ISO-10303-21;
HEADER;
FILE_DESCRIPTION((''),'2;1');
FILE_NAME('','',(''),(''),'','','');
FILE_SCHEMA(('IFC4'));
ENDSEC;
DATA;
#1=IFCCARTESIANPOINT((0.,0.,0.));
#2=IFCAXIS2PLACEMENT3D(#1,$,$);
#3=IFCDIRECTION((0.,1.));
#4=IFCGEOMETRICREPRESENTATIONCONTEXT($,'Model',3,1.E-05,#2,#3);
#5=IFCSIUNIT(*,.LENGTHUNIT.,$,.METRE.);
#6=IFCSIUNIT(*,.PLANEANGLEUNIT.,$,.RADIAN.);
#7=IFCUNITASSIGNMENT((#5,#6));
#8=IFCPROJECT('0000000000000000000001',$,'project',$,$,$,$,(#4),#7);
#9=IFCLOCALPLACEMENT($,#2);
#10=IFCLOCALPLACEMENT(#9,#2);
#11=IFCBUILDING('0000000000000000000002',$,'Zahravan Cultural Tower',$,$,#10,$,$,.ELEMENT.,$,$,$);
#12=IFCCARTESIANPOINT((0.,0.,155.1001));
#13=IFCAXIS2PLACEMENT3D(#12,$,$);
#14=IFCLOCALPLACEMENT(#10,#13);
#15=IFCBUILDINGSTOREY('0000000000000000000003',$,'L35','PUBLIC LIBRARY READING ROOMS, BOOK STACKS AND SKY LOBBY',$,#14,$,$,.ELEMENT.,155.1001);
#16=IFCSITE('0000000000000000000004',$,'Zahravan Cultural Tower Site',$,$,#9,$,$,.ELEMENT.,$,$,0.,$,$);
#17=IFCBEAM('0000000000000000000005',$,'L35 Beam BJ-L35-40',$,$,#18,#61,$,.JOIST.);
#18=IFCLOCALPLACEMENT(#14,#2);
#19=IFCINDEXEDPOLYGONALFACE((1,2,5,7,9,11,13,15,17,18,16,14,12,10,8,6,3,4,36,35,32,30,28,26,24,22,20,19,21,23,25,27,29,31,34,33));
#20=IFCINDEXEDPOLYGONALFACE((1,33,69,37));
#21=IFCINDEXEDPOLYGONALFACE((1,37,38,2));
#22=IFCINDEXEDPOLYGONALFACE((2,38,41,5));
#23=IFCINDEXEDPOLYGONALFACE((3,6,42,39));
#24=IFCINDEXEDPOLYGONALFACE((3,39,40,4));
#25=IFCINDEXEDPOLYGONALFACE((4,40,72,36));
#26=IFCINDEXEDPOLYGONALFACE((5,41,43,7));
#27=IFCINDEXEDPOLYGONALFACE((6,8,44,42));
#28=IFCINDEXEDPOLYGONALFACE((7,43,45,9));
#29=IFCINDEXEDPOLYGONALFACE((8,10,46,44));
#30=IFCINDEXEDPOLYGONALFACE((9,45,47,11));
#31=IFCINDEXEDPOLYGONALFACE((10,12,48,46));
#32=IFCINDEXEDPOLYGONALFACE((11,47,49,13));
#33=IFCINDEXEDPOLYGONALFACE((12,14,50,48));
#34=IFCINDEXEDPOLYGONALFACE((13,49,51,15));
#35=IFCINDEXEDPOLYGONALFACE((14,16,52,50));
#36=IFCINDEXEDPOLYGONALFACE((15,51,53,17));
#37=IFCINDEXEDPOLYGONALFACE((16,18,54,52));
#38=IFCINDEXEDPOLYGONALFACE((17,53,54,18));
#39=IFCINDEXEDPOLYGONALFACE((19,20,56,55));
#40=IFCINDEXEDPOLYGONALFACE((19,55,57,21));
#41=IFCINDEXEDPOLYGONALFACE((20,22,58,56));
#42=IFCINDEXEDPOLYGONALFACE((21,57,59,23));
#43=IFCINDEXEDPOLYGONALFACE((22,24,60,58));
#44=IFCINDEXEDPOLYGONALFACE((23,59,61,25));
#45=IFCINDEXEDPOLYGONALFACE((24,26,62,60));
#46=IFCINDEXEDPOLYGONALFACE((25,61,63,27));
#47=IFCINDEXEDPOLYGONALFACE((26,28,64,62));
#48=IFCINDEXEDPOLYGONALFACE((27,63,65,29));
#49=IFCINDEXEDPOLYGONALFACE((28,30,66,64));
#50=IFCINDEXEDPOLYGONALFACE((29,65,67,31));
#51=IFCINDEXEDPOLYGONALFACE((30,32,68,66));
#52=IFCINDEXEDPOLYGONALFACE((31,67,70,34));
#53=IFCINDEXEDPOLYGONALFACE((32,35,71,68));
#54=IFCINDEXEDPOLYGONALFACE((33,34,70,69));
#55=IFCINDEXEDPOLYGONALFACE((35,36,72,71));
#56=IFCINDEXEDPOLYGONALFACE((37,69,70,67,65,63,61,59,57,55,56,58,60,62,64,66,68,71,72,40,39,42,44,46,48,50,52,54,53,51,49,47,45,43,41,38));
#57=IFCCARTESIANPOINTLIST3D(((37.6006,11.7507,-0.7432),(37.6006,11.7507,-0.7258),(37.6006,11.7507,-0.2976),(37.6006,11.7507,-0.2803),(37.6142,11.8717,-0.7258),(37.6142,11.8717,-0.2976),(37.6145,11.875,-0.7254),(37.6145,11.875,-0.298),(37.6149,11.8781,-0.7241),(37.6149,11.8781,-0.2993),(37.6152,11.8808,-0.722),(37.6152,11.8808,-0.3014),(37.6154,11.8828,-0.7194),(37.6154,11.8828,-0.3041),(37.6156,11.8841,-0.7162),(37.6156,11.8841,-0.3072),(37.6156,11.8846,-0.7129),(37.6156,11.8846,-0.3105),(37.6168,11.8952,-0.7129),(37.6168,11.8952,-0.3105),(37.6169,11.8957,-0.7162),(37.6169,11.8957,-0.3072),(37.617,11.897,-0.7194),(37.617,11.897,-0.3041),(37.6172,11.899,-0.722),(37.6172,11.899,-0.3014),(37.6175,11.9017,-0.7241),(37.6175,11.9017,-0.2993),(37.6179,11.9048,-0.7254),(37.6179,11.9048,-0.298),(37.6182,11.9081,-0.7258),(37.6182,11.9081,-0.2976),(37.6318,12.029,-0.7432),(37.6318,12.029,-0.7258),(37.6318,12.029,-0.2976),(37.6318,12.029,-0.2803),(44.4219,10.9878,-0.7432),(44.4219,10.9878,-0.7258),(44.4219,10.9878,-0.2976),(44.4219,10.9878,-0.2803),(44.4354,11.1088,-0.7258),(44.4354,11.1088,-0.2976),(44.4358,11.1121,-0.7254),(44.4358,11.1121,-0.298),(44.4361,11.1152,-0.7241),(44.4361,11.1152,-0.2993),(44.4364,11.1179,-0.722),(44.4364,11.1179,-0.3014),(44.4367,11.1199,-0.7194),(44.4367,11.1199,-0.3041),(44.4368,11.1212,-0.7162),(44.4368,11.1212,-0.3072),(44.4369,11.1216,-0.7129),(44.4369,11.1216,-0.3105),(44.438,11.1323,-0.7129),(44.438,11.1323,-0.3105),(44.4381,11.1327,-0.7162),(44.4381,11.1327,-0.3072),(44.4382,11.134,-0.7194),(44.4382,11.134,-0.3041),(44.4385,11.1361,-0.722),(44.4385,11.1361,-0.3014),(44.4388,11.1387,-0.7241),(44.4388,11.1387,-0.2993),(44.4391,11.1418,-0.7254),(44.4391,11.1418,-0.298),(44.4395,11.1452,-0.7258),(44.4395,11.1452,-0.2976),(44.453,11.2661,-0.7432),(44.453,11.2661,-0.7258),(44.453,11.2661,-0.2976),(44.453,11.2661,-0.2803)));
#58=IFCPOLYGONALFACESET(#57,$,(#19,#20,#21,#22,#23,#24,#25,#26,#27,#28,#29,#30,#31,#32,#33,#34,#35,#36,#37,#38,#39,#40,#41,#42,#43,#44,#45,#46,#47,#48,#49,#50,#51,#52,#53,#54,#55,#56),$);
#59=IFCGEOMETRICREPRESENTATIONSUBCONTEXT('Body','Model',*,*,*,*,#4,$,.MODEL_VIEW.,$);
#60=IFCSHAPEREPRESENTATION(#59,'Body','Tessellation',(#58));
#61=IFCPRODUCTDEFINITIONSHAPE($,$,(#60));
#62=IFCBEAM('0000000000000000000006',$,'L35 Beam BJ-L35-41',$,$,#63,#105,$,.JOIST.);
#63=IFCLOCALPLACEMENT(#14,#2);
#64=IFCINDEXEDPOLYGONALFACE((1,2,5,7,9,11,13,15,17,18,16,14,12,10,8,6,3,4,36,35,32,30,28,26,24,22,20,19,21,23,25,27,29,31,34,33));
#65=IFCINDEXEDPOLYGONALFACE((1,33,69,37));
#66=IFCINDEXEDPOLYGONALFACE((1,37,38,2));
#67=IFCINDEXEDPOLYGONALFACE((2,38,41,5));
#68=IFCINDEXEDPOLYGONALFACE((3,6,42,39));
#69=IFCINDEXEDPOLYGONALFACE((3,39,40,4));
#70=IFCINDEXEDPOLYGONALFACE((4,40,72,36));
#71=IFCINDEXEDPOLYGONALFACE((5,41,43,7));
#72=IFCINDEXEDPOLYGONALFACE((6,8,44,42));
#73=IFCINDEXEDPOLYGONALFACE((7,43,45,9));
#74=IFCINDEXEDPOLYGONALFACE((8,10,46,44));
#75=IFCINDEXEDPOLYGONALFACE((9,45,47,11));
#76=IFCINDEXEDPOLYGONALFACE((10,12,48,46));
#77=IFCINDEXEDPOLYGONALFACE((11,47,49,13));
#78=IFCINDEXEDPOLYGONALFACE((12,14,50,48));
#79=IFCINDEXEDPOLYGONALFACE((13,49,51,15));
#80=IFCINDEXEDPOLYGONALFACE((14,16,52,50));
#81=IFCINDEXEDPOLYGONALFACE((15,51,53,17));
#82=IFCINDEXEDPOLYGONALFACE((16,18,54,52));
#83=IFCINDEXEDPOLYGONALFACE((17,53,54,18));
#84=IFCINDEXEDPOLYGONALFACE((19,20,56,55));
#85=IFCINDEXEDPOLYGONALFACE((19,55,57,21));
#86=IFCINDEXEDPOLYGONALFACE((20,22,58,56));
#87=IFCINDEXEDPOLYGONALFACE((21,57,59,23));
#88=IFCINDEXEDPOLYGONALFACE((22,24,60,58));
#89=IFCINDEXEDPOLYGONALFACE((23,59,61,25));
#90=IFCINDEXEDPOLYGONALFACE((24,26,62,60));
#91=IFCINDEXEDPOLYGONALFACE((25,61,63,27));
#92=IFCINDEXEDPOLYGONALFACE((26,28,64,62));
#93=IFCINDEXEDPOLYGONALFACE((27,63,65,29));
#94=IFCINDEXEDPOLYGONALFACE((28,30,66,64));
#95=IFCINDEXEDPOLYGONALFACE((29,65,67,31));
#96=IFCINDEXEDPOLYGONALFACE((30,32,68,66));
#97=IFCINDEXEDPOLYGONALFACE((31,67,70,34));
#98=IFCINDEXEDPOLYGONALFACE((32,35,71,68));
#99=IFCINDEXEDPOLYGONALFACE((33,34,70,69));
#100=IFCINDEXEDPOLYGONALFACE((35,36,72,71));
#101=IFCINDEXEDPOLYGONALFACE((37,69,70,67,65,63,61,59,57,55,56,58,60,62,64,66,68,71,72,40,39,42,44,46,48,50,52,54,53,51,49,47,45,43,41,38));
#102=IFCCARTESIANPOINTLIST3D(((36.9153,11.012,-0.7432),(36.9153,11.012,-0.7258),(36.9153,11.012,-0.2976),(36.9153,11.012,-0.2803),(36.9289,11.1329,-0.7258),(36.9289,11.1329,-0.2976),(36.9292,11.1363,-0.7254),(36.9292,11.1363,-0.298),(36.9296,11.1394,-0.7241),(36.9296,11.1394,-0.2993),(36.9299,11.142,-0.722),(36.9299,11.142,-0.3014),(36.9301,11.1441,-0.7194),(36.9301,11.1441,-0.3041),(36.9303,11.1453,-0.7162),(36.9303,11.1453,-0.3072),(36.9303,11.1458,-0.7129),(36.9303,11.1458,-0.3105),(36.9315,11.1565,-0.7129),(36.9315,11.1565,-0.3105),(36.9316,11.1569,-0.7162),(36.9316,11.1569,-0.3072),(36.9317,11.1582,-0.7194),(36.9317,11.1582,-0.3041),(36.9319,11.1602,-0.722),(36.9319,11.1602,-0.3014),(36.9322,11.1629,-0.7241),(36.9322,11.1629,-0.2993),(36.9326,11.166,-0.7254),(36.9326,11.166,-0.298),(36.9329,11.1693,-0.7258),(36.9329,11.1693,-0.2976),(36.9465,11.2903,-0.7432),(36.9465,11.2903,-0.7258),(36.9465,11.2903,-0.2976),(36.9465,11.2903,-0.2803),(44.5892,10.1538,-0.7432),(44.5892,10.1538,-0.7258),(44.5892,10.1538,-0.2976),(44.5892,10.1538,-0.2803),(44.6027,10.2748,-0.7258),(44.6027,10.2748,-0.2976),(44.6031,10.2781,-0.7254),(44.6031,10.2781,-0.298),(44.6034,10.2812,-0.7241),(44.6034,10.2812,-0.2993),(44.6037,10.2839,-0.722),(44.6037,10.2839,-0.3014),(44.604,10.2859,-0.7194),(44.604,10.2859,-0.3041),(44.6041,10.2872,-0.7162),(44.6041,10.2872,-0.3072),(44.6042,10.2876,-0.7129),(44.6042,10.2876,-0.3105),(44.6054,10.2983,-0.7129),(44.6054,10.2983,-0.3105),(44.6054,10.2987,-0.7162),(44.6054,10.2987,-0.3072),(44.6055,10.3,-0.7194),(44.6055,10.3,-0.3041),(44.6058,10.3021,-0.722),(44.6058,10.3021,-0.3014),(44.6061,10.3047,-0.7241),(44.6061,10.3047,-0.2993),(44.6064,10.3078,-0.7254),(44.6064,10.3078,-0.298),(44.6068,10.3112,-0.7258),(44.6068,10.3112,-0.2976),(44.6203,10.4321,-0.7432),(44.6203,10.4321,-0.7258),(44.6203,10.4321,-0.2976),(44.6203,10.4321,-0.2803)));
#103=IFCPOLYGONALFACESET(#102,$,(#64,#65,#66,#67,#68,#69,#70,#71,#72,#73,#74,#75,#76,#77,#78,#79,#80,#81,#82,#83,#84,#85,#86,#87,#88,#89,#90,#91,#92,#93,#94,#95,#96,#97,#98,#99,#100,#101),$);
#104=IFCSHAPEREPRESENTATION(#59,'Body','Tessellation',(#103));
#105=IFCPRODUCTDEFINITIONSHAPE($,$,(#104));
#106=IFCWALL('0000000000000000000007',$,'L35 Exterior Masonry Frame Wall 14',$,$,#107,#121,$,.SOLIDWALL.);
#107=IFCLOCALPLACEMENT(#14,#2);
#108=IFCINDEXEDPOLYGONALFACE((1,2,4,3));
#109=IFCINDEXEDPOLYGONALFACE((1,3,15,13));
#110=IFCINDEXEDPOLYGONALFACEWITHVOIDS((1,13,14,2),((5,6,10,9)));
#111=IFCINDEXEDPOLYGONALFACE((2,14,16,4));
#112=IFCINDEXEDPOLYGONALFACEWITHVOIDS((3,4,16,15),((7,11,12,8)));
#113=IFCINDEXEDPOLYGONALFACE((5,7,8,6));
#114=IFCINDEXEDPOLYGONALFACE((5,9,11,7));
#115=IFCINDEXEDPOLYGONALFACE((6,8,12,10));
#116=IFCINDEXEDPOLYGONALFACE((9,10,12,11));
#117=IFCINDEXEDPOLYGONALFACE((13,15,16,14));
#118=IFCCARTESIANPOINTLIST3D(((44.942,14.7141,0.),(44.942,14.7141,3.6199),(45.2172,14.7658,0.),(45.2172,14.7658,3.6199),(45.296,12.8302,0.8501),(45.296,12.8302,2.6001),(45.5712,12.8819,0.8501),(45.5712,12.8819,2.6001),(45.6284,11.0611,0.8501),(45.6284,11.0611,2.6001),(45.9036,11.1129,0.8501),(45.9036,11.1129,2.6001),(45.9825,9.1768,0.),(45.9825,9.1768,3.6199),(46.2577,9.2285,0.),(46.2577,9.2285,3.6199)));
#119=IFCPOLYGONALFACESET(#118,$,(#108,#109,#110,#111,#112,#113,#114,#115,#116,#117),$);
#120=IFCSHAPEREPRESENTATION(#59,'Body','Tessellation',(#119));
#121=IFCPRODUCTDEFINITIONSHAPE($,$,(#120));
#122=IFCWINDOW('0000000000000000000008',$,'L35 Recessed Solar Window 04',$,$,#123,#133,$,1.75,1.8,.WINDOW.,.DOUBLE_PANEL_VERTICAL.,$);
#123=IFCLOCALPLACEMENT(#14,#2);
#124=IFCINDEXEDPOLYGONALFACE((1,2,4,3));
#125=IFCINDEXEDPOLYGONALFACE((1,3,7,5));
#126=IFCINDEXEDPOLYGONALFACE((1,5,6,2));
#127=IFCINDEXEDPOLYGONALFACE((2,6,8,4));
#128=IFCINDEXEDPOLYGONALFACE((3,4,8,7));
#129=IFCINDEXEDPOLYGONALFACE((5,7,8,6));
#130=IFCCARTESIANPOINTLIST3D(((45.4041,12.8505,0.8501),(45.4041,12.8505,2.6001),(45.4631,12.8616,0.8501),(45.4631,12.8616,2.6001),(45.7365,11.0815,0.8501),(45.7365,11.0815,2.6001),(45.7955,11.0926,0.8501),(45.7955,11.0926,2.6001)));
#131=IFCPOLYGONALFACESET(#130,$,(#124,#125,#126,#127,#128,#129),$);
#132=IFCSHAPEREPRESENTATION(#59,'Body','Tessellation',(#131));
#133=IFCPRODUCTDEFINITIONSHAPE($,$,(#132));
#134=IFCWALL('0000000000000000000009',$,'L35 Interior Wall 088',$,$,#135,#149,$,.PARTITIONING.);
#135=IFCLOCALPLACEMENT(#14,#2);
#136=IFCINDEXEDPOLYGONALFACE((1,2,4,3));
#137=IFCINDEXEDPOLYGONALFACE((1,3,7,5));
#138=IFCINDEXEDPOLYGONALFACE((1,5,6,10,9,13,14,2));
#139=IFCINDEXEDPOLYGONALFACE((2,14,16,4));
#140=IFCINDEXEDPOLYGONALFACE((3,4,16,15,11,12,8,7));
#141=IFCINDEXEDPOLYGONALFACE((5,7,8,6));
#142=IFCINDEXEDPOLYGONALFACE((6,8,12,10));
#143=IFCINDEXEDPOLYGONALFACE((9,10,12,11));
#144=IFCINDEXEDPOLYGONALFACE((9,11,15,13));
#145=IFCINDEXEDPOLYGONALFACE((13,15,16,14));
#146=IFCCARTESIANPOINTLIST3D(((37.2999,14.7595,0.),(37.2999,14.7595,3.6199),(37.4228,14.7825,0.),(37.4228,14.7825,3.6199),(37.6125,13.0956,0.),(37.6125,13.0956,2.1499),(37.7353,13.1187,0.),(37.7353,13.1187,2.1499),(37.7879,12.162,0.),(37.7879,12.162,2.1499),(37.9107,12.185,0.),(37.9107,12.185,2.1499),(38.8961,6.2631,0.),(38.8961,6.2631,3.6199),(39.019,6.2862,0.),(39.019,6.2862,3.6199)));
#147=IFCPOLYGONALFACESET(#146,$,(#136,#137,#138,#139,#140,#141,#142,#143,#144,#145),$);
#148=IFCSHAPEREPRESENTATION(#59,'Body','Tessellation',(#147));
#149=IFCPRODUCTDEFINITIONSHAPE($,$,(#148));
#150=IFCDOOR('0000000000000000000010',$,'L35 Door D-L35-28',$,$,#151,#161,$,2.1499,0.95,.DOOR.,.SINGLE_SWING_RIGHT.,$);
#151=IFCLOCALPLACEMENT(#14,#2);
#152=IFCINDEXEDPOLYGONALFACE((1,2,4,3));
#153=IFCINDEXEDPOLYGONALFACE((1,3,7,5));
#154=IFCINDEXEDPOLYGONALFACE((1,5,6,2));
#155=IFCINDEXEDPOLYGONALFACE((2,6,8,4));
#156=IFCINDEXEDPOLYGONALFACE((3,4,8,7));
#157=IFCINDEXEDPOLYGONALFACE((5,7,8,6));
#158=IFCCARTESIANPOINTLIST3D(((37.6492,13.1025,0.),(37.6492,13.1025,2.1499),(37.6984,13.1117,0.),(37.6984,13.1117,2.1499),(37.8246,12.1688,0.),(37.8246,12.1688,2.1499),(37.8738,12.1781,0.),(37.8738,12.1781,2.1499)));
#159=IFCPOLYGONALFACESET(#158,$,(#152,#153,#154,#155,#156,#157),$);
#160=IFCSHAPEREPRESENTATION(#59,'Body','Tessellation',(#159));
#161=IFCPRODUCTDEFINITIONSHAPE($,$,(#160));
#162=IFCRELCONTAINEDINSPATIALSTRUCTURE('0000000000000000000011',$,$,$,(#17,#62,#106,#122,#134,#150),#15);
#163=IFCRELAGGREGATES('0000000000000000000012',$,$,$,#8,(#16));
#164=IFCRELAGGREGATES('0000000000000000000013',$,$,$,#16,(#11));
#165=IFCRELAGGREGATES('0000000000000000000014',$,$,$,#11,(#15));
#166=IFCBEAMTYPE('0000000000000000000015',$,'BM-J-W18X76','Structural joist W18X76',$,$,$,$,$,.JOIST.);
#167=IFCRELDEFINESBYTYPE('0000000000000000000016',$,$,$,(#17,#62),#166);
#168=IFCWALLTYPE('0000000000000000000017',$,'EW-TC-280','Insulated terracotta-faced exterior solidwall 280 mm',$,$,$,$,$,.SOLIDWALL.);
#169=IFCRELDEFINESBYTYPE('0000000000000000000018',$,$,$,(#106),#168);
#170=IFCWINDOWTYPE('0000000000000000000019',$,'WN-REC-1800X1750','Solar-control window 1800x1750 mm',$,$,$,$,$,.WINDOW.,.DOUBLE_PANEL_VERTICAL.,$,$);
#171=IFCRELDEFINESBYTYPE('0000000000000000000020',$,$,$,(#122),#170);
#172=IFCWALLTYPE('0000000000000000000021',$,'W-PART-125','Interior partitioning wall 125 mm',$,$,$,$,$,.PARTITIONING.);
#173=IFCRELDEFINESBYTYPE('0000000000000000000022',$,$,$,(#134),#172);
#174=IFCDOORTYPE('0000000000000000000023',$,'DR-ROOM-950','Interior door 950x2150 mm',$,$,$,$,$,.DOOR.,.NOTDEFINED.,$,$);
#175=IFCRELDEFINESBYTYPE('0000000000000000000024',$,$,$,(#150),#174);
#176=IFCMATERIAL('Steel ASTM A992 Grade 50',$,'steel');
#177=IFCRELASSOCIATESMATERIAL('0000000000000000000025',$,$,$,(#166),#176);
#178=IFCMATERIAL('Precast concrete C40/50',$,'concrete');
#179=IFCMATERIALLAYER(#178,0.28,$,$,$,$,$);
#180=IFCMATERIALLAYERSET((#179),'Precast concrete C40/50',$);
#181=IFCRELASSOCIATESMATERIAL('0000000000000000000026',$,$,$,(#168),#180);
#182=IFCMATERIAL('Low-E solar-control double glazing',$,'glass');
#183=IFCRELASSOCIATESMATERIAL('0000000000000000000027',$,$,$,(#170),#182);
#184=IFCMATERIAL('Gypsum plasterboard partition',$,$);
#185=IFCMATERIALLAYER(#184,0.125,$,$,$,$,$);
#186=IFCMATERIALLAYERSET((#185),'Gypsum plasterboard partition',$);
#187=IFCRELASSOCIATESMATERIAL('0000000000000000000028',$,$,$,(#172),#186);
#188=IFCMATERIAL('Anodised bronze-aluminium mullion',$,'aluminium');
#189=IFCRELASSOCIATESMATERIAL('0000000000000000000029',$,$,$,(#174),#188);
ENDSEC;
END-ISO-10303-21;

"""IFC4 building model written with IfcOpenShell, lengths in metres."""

from ifc_helpers import new_model, si_unit, direction, frame, frame_2d, origin, origin_2d, place, context, subcontext, project, spatial, rectangle, i_section, extrude, source, transform, mapped, material, layer, layer_set, material_profile, profile_set, type_object, element, fill, save


model = new_model("IFC4")

# Units and contexts
model_context = context("Model", 3, precision=1e-05, world=origin(), true_north=direction((0.0, 1.0)))
body_context = subcontext(model_context, "Body", "Model", "MODEL_VIEW")
ifc_project = project(units=[si_unit("LENGTHUNIT", "METRE"), si_unit("PLANEANGLEUNIT", "RADIAN")], contexts=[model_context])

# Site, building, storey
site_placement = place(None, origin())
site = spatial("IfcSite", under=ifc_project, at=site_placement, Name="Zahravan Cultural Tower Site", CompositionType="ELEMENT", RefElevation=0.0)
building_placement = place(site_placement, origin())
building = spatial("IfcBuilding", under=site, at=building_placement, Name="Zahravan Cultural Tower", CompositionType="ELEMENT")
storey_placement = place(building_placement, frame((0.0, 0.0, 155.1001)))
storey = spatial("IfcBuildingStorey", under=building, at=storey_placement, Name="L35", Description="PUBLIC LIBRARY READING ROOMS, BOOK STACKS AND SKY LOBBY", CompositionType="ELEMENT", Elevation=155.1001)

# Shared definitions
ifc_material_1 = material(Name="Steel ASTM A992 Grade 50", Category="steel")

# Beams
ifc_material_profile_1 = material_profile(ifc_material_1, i_section(OverallWidth=0.28, OverallDepth=0.4629, WebThickness=0.0107, FlangeThickness=0.0173, FilletRadius=0.0129, at=origin_2d()), Name="W18X76")
ifc_profile_set_1 = profile_set([ifc_material_profile_1], Name="Steel ASTM A992 Grade 50")
beam_type_1 = type_object("IfcBeamType", Name="BM-J-W18X76", Description="Structural joist W18X76", PredefinedType="JOIST", material=ifc_profile_set_1)
shared_shape_1 = source(origin(), body_context, "Body", "SweptSolid", [
    extrude(i_section(OverallWidth=0.28, OverallDepth=0.4629, WebThickness=0.0107, FlangeThickness=0.0173, FilletRadius=0.0129, at=origin_2d()), origin(), (0.0, 0.0, 1.0), 6.8638),
])
beam_1_placement = place(storey_placement, frame((37.6162, 11.8899, -0.5117), z_axis=(0.993803, -0.111154, 0.0), x_axis=(0.111154, 0.993803, 0.0)))
element("IfcBeam", 1, at=beam_1_placement, inside=storey, type_object=beam_type_1, Name="L35 Beam BJ-L35-40", PredefinedType="JOIST", context=body_context, shape_type="MappedRepresentation", body=[
    mapped(shared_shape_1, transform((0.0, 0.0, 0.0), x_axis=(1.0, 0.0, 0.0), y_axis=(0.0, 1.0, 0.0), z_axis=(0.0, 0.0, 1.0), scale=1.0)),
])
shared_shape_2 = source(origin(), body_context, "Body", "SweptSolid", [
    extrude(i_section(OverallWidth=0.28, OverallDepth=0.4629, WebThickness=0.0107, FlangeThickness=0.0173, FilletRadius=0.0129, at=origin_2d()), origin(), (0.0, 0.0, 1.0), 7.7217),
])
beam_2_placement = place(storey_placement, frame((36.9309, 11.1511, -0.5117), z_axis=(0.993805, -0.111136, 0.0), x_axis=(0.111136, 0.993805, 0.0)))
element("IfcBeam", 2, at=beam_2_placement, inside=storey, type_object=beam_type_1, Name="L35 Beam BJ-L35-41", PredefinedType="JOIST", context=body_context, shape_type="MappedRepresentation", body=[
    mapped(shared_shape_2, transform((0.0, 0.0, 0.0), x_axis=(1.0, 0.0, 0.0), y_axis=(0.0, 1.0, 0.0), z_axis=(0.0, 0.0, 1.0), scale=1.0)),
])

# Wall, opening, window
ifc_material_2 = material(Name="Precast concrete C40/50", Category="concrete")
ifc_layer_1 = layer(ifc_material_2, 0.28)
ifc_layer_set_1 = layer_set([ifc_layer_1], Name="Precast concrete C40/50")
wall_type_1 = type_object("IfcWallType", Name="EW-TC-280", Description="Insulated terracotta-faced exterior solidwall 280 mm", PredefinedType="SOLIDWALL", material=ifc_layer_set_1)
wall_1_placement = place(storey_placement, frame((45.0796, 14.74, 0.0), z_axis=(0.0, 0.0, 1.0), x_axis=(0.184678, -0.982799, 0.0)))
wall_1 = element("IfcWall", 3, at=wall_1_placement, inside=storey, type_object=wall_type_1, Name="L35 Exterior Masonry Frame Wall 14", PredefinedType="SOLIDWALL", context=body_context, shape_type="SweptSolid", body=[
    extrude(rectangle(XDim=5.6343, YDim=0.28, at=frame_2d((2.8171, 0.0))), origin(), (0.0, 0.0, 1.0), 3.6199),
])
opening_1_placement = place(wall_1_placement, frame((1.917, 0.0, 0.8501)))
opening_1 = element("IfcOpeningElement", 4, at=opening_1_placement, cuts=wall_1, PredefinedType="OPENING", context=body_context, shape_type="SweptSolid", body=[
    extrude(rectangle(XDim=1.8, YDim=1.75, at=frame_2d((0.8999, 0.875))), frame((0.0, 0.1499, 0.0), z_axis=(0.0, -1.0, 0.0), x_axis=(1.0, 0.0, 0.0)), (0.0, 0.0, 1.0), 0.3),
])
ifc_material_3 = material(Name="Low-E solar-control double glazing", Category="glass")
window_type = type_object("IfcWindowType", Name="WN-REC-1800X1750", Description="Solar-control window 1800x1750 mm", PartitioningType="DOUBLE_PANEL_VERTICAL", PredefinedType="WINDOW", material=ifc_material_3)
shared_shape_3 = source(origin(), body_context, "Body", "SweptSolid", [
    extrude(rectangle(XDim=1.8, YDim=1.75, at=frame_2d((0.8999, 0.875))), frame((0.0, 0.03, 0.0), z_axis=(0.0, -1.0, 0.0), x_axis=(1.0, 0.0, 0.0)), (0.0, 0.0, 1.0), 0.0601),
])
window_placement = place(opening_1_placement, origin())
window = element("IfcWindow", 5, at=window_placement, inside=storey, type_object=window_type, Name="L35 Recessed Solar Window 04", OverallHeight=1.75, OverallWidth=1.8, PartitioningType="DOUBLE_PANEL_VERTICAL", PredefinedType="WINDOW", context=body_context, shape_type="MappedRepresentation", body=[
    mapped(shared_shape_3, transform((0.0, 0.0, 0.0), x_axis=(1.0, 0.0, 0.0), y_axis=(0.0, 1.0, 0.0), z_axis=(0.0, 0.0, 1.0), scale=1.0)),
])
fill(opening_1, window)

# Wall, opening, door
ifc_material_4 = material(Name="Gypsum plasterboard partition")
ifc_layer_2 = layer(ifc_material_4, 0.125)
ifc_layer_set_2 = layer_set([ifc_layer_2], Name="Gypsum plasterboard partition")
wall_type_2 = type_object("IfcWallType", Name="W-PART-125", Description="Interior partitioning wall 125 mm", PredefinedType="PARTITIONING", material=ifc_layer_set_2)
wall_2_placement = place(storey_placement, frame((37.3613, 14.771, 0.0), z_axis=(0.0, 0.0, 1.0), x_axis=(0.184638, -0.982807, 0.0)))
wall_2 = element("IfcWall", 6, at=wall_2_placement, inside=storey, type_object=wall_type_2, Name="L35 Interior Wall 088", PredefinedType="PARTITIONING", context=body_context, shape_type="SweptSolid", body=[
    extrude(rectangle(XDim=8.645, YDim=0.125, at=frame_2d((4.3225, 0.0))), origin(), (0.0, 0.0, 1.0), 3.6199),
])
opening_2_placement = place(wall_2_placement, frame((1.6929, 0.0, 0.0)))
opening_2 = element("IfcOpeningElement", 7, at=opening_2_placement, cuts=wall_2, PredefinedType="OPENING", context=body_context, shape_type="SweptSolid", body=[
    extrude(rectangle(XDim=0.95, YDim=2.1499, at=frame_2d((0.4751, 1.075))), frame((0.0, 0.0725, 0.0), z_axis=(0.0, -1.0, 0.0), x_axis=(1.0, 0.0, 0.0)), (0.0, 0.0, 1.0), 0.145),
])
ifc_material_5 = material(Name="Anodised bronze-aluminium mullion", Category="aluminium")
door_type = type_object("IfcDoorType", Name="DR-ROOM-950", Description="Interior door 950x2150 mm", OperationType="NOTDEFINED", PredefinedType="DOOR", material=ifc_material_5)
shared_shape_4 = source(origin(), body_context, "Body", "SweptSolid", [
    extrude(rectangle(XDim=0.95, YDim=2.1499, at=frame_2d((0.4751, 1.075))), frame((0.0, 0.0249, 0.0), z_axis=(0.0, -1.0, 0.0), x_axis=(1.0, 0.0, 0.0)), (0.0, 0.0, 1.0), 0.05),
])
door_1_placement = place(opening_2_placement, origin())
door_1 = element("IfcDoor", 8, at=door_1_placement, inside=storey, type_object=door_type, Name="L35 Door D-L35-28", OperationType="SINGLE_SWING_RIGHT", OverallHeight=2.1499, OverallWidth=0.95, PredefinedType="DOOR", context=body_context, shape_type="MappedRepresentation", body=[
    mapped(shared_shape_4, transform((0.0, 0.0, 0.0), x_axis=(1.0, 0.0, 0.0), y_axis=(0.0, 1.0, 0.0), z_axis=(0.0, 0.0, 1.0), scale=1.0)),
])
fill(opening_2, door_1)

save(model, "model.ifc")
